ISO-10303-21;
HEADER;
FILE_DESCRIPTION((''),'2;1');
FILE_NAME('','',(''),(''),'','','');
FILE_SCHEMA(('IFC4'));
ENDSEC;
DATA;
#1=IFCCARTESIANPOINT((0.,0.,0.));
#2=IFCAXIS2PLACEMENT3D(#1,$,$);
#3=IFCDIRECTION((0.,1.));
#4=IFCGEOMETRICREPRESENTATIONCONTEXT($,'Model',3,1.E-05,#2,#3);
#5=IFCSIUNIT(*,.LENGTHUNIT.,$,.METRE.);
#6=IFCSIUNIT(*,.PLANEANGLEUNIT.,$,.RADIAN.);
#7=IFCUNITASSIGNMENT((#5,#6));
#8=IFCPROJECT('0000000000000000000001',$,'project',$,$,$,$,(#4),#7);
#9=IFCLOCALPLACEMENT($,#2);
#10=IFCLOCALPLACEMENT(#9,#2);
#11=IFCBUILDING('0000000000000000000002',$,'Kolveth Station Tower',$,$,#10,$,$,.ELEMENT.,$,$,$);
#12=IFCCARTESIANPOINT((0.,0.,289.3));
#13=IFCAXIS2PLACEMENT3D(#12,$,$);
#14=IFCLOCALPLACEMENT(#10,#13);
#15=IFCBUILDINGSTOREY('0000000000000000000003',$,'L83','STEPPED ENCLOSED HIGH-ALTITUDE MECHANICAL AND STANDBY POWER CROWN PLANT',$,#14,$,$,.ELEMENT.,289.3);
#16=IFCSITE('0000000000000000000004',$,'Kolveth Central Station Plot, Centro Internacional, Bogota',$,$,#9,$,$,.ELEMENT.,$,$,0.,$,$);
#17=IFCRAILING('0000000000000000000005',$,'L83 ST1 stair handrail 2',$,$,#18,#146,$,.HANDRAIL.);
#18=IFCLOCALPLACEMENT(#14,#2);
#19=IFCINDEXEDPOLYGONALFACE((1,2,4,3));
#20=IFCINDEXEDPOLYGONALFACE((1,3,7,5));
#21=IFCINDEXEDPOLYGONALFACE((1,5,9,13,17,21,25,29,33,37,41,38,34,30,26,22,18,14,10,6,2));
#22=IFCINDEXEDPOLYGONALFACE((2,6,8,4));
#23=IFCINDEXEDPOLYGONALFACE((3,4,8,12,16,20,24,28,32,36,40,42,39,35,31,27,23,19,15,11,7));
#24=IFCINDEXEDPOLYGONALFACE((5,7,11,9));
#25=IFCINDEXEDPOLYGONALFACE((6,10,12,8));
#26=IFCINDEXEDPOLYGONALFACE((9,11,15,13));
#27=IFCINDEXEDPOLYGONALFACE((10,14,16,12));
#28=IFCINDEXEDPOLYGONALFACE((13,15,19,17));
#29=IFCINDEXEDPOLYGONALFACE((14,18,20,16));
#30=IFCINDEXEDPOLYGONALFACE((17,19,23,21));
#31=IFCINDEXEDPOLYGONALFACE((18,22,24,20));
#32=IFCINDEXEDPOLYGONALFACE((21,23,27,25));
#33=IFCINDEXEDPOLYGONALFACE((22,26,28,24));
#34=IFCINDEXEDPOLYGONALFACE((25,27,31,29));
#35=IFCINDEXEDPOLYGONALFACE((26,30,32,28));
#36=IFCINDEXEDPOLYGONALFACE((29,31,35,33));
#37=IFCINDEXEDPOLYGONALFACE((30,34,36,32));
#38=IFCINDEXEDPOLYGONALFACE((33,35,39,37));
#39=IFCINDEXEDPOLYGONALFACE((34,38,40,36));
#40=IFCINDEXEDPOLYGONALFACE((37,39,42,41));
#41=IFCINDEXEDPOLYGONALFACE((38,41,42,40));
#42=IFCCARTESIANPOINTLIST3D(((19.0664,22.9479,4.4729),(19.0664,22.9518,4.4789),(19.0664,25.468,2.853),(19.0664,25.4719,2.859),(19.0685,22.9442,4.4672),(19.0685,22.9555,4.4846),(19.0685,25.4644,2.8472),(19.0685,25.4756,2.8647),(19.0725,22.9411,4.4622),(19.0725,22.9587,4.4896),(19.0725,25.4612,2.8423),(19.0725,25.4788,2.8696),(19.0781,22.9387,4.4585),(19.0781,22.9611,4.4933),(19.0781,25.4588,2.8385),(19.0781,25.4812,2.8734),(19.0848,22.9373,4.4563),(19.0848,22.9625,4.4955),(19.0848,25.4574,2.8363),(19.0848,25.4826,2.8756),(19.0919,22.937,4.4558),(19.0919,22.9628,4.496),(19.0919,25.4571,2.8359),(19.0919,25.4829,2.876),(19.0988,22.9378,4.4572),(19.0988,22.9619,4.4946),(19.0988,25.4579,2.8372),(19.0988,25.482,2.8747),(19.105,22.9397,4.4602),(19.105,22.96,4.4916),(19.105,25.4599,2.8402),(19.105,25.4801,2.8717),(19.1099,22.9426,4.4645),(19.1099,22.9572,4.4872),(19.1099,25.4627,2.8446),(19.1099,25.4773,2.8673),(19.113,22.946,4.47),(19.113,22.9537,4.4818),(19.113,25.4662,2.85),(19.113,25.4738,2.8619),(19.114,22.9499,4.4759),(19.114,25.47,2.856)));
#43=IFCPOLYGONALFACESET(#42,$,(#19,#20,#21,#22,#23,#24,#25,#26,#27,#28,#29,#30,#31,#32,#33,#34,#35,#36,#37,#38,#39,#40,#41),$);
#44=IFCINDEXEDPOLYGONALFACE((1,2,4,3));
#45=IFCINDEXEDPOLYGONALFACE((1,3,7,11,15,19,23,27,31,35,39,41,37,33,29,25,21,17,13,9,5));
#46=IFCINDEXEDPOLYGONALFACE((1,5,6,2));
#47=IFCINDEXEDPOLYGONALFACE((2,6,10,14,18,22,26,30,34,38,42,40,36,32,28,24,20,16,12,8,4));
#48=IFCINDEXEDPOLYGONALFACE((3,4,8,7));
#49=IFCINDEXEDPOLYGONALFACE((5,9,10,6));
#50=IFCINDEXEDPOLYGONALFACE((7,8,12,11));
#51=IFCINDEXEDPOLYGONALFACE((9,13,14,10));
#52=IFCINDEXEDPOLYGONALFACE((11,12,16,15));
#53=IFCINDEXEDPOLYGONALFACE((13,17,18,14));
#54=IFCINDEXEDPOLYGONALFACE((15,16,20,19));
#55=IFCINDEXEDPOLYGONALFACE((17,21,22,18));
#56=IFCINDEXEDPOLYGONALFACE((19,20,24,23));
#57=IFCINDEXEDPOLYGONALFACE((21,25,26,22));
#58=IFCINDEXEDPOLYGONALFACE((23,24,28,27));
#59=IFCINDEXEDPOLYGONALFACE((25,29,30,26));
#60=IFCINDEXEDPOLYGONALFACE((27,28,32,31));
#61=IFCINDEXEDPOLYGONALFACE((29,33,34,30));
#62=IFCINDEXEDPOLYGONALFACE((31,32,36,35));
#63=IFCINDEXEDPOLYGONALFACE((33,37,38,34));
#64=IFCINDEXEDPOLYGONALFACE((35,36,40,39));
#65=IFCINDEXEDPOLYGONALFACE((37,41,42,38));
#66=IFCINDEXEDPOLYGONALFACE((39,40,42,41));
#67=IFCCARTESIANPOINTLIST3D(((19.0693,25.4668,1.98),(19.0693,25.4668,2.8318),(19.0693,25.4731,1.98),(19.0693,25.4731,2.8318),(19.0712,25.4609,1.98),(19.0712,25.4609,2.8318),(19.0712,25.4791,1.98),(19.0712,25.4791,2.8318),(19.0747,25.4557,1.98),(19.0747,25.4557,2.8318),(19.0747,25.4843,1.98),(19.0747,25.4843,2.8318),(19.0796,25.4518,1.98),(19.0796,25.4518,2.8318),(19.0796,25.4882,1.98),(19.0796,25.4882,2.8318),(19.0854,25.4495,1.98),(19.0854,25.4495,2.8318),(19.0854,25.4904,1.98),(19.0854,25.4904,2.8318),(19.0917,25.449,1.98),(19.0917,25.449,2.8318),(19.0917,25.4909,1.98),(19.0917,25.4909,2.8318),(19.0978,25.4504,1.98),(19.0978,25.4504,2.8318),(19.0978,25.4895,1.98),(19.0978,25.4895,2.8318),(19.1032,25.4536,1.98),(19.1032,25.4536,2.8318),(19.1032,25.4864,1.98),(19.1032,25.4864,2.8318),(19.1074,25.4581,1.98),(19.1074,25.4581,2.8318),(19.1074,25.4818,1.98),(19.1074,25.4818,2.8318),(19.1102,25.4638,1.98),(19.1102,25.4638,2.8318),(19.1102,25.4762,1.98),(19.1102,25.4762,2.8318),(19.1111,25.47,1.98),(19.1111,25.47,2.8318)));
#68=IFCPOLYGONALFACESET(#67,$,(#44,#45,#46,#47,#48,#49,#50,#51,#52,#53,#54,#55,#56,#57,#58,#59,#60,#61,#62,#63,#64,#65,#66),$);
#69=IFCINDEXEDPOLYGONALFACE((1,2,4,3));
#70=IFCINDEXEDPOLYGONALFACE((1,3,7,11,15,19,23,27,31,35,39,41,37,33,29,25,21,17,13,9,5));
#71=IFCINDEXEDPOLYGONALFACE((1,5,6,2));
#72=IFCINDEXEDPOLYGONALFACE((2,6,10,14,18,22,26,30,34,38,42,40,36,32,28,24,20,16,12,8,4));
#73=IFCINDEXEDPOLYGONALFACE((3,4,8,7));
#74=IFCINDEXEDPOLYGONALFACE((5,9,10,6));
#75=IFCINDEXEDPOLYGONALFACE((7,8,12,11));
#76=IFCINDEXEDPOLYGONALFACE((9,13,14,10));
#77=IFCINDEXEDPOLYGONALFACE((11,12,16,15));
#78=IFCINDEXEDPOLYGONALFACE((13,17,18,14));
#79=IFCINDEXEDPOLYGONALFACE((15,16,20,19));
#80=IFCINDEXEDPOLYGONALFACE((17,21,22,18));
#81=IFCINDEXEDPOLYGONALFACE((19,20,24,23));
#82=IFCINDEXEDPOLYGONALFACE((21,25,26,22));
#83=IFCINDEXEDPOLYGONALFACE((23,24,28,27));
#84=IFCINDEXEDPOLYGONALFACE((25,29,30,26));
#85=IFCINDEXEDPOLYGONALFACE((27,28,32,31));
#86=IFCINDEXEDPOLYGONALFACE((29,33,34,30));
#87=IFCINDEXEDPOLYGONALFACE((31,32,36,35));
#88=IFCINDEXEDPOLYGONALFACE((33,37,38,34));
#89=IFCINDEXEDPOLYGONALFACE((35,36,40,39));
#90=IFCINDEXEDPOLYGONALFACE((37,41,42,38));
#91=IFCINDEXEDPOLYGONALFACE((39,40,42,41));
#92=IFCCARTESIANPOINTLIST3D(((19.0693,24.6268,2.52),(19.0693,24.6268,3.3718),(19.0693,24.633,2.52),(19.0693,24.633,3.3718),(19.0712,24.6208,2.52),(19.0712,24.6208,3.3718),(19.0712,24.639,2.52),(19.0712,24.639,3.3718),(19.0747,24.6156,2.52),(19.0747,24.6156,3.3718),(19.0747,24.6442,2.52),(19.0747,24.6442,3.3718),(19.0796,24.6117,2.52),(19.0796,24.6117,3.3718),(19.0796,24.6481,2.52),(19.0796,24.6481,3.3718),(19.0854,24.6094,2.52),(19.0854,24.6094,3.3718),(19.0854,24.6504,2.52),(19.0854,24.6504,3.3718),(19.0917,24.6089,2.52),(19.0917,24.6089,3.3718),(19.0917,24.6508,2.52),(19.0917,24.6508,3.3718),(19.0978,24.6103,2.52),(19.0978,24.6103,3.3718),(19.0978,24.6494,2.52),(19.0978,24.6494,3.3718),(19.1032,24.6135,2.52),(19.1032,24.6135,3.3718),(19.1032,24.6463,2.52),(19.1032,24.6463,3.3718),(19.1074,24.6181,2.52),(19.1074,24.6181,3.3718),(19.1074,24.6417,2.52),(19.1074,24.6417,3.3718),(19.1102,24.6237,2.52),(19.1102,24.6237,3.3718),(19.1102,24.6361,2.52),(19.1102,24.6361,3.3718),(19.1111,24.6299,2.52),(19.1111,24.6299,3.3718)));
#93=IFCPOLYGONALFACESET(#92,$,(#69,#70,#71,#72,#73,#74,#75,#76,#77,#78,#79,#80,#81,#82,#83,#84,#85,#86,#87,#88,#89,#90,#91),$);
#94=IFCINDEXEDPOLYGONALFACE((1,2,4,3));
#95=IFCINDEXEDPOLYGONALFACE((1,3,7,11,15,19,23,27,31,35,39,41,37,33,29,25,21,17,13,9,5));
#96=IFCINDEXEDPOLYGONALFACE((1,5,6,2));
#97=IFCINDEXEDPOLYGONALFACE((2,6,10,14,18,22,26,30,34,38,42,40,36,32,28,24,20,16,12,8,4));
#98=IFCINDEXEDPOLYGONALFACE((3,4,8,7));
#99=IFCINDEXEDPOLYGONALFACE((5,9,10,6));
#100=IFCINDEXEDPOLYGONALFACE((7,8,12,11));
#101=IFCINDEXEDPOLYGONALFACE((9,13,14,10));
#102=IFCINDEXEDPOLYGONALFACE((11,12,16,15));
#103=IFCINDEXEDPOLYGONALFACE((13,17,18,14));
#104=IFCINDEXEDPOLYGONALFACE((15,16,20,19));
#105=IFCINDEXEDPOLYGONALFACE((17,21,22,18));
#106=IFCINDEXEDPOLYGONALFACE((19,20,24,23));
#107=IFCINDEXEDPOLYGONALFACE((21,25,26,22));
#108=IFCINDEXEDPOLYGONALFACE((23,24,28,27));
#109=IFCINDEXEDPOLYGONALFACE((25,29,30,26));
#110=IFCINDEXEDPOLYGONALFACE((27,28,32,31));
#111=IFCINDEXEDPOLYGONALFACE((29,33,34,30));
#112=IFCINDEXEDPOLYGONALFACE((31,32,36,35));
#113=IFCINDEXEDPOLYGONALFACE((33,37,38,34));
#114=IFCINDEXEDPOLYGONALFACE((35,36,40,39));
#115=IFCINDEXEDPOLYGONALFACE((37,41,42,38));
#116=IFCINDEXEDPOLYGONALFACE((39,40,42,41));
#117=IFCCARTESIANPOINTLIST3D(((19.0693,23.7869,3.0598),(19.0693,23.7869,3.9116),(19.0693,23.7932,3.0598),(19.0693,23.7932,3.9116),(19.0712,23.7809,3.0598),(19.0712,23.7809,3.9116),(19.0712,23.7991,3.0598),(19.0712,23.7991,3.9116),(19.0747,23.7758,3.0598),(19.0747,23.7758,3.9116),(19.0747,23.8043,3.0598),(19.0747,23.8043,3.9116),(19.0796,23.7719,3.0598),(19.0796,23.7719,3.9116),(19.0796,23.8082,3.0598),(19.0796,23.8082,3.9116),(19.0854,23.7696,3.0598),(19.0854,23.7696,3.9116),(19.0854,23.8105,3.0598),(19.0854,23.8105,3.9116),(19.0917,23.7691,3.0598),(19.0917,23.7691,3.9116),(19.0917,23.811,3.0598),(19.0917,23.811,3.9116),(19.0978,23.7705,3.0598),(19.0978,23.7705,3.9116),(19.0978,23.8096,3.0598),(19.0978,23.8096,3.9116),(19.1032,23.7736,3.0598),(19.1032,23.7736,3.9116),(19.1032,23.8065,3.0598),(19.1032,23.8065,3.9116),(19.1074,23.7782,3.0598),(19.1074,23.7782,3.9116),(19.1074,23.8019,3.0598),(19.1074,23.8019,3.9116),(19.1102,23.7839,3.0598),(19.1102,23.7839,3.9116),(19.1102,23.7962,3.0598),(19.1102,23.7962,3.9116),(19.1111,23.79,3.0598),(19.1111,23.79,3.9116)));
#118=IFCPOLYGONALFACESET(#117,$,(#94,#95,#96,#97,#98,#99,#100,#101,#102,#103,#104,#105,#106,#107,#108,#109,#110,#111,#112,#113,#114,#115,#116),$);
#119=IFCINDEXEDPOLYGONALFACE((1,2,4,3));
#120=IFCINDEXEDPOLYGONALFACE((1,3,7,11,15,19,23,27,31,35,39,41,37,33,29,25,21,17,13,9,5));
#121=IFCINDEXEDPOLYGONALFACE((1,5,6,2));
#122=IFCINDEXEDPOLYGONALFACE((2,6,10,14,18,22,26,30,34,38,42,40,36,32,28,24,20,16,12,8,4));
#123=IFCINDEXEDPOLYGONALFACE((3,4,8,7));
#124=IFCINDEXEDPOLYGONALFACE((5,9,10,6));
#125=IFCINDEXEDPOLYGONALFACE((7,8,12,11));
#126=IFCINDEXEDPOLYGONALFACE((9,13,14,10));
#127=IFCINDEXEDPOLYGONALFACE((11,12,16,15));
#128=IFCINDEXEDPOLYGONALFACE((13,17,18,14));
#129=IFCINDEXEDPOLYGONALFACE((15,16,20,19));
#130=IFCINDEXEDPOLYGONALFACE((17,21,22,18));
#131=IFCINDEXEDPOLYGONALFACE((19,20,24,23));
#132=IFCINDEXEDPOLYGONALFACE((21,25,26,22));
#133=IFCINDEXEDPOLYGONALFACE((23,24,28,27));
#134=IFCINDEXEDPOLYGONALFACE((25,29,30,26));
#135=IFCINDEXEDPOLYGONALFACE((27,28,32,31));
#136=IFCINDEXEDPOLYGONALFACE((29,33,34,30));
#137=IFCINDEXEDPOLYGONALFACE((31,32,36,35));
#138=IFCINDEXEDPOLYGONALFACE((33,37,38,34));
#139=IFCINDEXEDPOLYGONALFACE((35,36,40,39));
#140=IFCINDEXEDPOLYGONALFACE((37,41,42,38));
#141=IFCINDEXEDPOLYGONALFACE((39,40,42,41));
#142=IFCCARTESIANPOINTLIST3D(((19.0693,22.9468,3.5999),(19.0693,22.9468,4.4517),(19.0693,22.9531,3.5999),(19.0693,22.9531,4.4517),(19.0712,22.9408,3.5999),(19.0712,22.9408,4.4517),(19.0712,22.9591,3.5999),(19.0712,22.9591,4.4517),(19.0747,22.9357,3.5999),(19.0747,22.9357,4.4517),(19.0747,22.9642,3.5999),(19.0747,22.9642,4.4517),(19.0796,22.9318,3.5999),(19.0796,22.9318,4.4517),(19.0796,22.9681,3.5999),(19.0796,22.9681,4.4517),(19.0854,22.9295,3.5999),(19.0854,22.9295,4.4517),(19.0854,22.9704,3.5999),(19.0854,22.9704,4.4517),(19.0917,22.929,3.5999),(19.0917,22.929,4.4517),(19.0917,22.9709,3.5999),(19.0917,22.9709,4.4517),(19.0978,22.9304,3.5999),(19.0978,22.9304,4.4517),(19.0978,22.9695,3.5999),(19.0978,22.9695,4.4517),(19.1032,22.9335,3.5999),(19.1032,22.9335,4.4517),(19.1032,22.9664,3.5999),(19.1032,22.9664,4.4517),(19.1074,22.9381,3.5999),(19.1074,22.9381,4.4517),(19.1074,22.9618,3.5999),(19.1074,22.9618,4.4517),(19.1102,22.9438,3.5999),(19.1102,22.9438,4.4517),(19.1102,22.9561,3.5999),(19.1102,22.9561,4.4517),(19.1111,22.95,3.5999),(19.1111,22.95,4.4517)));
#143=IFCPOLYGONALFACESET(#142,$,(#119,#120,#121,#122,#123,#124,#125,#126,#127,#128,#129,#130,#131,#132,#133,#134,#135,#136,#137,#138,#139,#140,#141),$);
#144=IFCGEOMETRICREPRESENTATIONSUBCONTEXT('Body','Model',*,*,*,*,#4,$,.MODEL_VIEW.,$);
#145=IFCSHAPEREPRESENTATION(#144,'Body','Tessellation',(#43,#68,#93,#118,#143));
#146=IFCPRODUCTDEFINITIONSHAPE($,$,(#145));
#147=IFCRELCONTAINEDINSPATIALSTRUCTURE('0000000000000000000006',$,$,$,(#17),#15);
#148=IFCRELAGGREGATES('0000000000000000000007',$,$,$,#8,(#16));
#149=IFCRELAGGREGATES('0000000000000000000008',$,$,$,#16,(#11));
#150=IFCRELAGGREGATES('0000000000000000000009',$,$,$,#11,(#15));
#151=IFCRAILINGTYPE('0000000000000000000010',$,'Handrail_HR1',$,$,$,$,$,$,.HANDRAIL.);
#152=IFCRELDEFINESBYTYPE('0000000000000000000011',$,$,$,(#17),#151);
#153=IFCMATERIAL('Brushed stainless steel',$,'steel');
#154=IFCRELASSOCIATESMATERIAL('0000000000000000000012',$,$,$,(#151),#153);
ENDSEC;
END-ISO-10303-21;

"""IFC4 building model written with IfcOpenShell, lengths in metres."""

from ifc_helpers import new_model, si_unit, direction, frame, origin, origin_2d, place, context, subcontext, project, spatial, circle, extrude, material, type_object, element, save


model = new_model("IFC4")

# Units and contexts
model_context = context("Model", 3, precision=1e-05, world=origin(), true_north=direction((0.0, 1.0)))
body_context = subcontext(model_context, "Body", "Model", "MODEL_VIEW")
ifc_project = project(units=[si_unit("LENGTHUNIT", "METRE"), si_unit("PLANEANGLEUNIT", "RADIAN")], contexts=[model_context])

# Site, building, storey
site_placement = place(None, origin())
site = spatial("IfcSite", under=ifc_project, at=site_placement, Name="Kolveth Central Station Plot, Centro Internacional, Bogota", CompositionType="ELEMENT", RefElevation=0.0)
building_placement = place(site_placement, origin())
building = spatial("IfcBuilding", under=site, at=building_placement, Name="Kolveth Station Tower", CompositionType="ELEMENT")
storey_placement = place(building_placement, frame((0.0, 0.0, 289.3)))
storey = spatial("IfcBuildingStorey", under=building, at=storey_placement, Name="L83", Description="STEPPED ENCLOSED HIGH-ALTITUDE MECHANICAL AND STANDBY POWER CROWN PLANT", CompositionType="ELEMENT", Elevation=289.3)

# Railing
ifc_material_1 = material(Name="Brushed stainless steel", Category="steel")
railing_type_1 = type_object("IfcRailingType", Name="Handrail_HR1", PredefinedType="HANDRAIL", material=ifc_material_1)
railing_1_placement = place(storey_placement, frame((19.0901, 25.47, 1.98)))
element("IfcRailing", 1, at=railing_1_placement, inside=storey, type_object=railing_type_1, Name="L83 ST1 stair handrail 2", PredefinedType="HANDRAIL", context=body_context, shape_type="SweptSolid", body=[
    extrude(circle(Radius=0.0239, at=origin_2d()), frame((0.0, 0.0, 0.876), z_axis=(0.0, -0.8412, 0.540725), x_axis=(1.0, 0.0, 0.0)), (0.0, 0.0, 1.0), 2.9958),
    extrude(circle(Radius=0.021, at=origin_2d()), origin(), (0.0, 0.0, 1.0), 0.8518),
    extrude(circle(Radius=0.021, at=origin_2d()), frame((0.0, -0.8401, 0.54)), (0.0, 0.0, 1.0), 0.8518),
    extrude(circle(Radius=0.021, at=origin_2d()), frame((0.0, -1.6799, 1.0798)), (0.0, 0.0, 1.0), 0.8518),
    extrude(circle(Radius=0.021, at=origin_2d()), frame((0.0, -2.52, 1.6199)), (0.0, 0.0, 1.0), 0.8518),
])

save(model, "model.ifc")
